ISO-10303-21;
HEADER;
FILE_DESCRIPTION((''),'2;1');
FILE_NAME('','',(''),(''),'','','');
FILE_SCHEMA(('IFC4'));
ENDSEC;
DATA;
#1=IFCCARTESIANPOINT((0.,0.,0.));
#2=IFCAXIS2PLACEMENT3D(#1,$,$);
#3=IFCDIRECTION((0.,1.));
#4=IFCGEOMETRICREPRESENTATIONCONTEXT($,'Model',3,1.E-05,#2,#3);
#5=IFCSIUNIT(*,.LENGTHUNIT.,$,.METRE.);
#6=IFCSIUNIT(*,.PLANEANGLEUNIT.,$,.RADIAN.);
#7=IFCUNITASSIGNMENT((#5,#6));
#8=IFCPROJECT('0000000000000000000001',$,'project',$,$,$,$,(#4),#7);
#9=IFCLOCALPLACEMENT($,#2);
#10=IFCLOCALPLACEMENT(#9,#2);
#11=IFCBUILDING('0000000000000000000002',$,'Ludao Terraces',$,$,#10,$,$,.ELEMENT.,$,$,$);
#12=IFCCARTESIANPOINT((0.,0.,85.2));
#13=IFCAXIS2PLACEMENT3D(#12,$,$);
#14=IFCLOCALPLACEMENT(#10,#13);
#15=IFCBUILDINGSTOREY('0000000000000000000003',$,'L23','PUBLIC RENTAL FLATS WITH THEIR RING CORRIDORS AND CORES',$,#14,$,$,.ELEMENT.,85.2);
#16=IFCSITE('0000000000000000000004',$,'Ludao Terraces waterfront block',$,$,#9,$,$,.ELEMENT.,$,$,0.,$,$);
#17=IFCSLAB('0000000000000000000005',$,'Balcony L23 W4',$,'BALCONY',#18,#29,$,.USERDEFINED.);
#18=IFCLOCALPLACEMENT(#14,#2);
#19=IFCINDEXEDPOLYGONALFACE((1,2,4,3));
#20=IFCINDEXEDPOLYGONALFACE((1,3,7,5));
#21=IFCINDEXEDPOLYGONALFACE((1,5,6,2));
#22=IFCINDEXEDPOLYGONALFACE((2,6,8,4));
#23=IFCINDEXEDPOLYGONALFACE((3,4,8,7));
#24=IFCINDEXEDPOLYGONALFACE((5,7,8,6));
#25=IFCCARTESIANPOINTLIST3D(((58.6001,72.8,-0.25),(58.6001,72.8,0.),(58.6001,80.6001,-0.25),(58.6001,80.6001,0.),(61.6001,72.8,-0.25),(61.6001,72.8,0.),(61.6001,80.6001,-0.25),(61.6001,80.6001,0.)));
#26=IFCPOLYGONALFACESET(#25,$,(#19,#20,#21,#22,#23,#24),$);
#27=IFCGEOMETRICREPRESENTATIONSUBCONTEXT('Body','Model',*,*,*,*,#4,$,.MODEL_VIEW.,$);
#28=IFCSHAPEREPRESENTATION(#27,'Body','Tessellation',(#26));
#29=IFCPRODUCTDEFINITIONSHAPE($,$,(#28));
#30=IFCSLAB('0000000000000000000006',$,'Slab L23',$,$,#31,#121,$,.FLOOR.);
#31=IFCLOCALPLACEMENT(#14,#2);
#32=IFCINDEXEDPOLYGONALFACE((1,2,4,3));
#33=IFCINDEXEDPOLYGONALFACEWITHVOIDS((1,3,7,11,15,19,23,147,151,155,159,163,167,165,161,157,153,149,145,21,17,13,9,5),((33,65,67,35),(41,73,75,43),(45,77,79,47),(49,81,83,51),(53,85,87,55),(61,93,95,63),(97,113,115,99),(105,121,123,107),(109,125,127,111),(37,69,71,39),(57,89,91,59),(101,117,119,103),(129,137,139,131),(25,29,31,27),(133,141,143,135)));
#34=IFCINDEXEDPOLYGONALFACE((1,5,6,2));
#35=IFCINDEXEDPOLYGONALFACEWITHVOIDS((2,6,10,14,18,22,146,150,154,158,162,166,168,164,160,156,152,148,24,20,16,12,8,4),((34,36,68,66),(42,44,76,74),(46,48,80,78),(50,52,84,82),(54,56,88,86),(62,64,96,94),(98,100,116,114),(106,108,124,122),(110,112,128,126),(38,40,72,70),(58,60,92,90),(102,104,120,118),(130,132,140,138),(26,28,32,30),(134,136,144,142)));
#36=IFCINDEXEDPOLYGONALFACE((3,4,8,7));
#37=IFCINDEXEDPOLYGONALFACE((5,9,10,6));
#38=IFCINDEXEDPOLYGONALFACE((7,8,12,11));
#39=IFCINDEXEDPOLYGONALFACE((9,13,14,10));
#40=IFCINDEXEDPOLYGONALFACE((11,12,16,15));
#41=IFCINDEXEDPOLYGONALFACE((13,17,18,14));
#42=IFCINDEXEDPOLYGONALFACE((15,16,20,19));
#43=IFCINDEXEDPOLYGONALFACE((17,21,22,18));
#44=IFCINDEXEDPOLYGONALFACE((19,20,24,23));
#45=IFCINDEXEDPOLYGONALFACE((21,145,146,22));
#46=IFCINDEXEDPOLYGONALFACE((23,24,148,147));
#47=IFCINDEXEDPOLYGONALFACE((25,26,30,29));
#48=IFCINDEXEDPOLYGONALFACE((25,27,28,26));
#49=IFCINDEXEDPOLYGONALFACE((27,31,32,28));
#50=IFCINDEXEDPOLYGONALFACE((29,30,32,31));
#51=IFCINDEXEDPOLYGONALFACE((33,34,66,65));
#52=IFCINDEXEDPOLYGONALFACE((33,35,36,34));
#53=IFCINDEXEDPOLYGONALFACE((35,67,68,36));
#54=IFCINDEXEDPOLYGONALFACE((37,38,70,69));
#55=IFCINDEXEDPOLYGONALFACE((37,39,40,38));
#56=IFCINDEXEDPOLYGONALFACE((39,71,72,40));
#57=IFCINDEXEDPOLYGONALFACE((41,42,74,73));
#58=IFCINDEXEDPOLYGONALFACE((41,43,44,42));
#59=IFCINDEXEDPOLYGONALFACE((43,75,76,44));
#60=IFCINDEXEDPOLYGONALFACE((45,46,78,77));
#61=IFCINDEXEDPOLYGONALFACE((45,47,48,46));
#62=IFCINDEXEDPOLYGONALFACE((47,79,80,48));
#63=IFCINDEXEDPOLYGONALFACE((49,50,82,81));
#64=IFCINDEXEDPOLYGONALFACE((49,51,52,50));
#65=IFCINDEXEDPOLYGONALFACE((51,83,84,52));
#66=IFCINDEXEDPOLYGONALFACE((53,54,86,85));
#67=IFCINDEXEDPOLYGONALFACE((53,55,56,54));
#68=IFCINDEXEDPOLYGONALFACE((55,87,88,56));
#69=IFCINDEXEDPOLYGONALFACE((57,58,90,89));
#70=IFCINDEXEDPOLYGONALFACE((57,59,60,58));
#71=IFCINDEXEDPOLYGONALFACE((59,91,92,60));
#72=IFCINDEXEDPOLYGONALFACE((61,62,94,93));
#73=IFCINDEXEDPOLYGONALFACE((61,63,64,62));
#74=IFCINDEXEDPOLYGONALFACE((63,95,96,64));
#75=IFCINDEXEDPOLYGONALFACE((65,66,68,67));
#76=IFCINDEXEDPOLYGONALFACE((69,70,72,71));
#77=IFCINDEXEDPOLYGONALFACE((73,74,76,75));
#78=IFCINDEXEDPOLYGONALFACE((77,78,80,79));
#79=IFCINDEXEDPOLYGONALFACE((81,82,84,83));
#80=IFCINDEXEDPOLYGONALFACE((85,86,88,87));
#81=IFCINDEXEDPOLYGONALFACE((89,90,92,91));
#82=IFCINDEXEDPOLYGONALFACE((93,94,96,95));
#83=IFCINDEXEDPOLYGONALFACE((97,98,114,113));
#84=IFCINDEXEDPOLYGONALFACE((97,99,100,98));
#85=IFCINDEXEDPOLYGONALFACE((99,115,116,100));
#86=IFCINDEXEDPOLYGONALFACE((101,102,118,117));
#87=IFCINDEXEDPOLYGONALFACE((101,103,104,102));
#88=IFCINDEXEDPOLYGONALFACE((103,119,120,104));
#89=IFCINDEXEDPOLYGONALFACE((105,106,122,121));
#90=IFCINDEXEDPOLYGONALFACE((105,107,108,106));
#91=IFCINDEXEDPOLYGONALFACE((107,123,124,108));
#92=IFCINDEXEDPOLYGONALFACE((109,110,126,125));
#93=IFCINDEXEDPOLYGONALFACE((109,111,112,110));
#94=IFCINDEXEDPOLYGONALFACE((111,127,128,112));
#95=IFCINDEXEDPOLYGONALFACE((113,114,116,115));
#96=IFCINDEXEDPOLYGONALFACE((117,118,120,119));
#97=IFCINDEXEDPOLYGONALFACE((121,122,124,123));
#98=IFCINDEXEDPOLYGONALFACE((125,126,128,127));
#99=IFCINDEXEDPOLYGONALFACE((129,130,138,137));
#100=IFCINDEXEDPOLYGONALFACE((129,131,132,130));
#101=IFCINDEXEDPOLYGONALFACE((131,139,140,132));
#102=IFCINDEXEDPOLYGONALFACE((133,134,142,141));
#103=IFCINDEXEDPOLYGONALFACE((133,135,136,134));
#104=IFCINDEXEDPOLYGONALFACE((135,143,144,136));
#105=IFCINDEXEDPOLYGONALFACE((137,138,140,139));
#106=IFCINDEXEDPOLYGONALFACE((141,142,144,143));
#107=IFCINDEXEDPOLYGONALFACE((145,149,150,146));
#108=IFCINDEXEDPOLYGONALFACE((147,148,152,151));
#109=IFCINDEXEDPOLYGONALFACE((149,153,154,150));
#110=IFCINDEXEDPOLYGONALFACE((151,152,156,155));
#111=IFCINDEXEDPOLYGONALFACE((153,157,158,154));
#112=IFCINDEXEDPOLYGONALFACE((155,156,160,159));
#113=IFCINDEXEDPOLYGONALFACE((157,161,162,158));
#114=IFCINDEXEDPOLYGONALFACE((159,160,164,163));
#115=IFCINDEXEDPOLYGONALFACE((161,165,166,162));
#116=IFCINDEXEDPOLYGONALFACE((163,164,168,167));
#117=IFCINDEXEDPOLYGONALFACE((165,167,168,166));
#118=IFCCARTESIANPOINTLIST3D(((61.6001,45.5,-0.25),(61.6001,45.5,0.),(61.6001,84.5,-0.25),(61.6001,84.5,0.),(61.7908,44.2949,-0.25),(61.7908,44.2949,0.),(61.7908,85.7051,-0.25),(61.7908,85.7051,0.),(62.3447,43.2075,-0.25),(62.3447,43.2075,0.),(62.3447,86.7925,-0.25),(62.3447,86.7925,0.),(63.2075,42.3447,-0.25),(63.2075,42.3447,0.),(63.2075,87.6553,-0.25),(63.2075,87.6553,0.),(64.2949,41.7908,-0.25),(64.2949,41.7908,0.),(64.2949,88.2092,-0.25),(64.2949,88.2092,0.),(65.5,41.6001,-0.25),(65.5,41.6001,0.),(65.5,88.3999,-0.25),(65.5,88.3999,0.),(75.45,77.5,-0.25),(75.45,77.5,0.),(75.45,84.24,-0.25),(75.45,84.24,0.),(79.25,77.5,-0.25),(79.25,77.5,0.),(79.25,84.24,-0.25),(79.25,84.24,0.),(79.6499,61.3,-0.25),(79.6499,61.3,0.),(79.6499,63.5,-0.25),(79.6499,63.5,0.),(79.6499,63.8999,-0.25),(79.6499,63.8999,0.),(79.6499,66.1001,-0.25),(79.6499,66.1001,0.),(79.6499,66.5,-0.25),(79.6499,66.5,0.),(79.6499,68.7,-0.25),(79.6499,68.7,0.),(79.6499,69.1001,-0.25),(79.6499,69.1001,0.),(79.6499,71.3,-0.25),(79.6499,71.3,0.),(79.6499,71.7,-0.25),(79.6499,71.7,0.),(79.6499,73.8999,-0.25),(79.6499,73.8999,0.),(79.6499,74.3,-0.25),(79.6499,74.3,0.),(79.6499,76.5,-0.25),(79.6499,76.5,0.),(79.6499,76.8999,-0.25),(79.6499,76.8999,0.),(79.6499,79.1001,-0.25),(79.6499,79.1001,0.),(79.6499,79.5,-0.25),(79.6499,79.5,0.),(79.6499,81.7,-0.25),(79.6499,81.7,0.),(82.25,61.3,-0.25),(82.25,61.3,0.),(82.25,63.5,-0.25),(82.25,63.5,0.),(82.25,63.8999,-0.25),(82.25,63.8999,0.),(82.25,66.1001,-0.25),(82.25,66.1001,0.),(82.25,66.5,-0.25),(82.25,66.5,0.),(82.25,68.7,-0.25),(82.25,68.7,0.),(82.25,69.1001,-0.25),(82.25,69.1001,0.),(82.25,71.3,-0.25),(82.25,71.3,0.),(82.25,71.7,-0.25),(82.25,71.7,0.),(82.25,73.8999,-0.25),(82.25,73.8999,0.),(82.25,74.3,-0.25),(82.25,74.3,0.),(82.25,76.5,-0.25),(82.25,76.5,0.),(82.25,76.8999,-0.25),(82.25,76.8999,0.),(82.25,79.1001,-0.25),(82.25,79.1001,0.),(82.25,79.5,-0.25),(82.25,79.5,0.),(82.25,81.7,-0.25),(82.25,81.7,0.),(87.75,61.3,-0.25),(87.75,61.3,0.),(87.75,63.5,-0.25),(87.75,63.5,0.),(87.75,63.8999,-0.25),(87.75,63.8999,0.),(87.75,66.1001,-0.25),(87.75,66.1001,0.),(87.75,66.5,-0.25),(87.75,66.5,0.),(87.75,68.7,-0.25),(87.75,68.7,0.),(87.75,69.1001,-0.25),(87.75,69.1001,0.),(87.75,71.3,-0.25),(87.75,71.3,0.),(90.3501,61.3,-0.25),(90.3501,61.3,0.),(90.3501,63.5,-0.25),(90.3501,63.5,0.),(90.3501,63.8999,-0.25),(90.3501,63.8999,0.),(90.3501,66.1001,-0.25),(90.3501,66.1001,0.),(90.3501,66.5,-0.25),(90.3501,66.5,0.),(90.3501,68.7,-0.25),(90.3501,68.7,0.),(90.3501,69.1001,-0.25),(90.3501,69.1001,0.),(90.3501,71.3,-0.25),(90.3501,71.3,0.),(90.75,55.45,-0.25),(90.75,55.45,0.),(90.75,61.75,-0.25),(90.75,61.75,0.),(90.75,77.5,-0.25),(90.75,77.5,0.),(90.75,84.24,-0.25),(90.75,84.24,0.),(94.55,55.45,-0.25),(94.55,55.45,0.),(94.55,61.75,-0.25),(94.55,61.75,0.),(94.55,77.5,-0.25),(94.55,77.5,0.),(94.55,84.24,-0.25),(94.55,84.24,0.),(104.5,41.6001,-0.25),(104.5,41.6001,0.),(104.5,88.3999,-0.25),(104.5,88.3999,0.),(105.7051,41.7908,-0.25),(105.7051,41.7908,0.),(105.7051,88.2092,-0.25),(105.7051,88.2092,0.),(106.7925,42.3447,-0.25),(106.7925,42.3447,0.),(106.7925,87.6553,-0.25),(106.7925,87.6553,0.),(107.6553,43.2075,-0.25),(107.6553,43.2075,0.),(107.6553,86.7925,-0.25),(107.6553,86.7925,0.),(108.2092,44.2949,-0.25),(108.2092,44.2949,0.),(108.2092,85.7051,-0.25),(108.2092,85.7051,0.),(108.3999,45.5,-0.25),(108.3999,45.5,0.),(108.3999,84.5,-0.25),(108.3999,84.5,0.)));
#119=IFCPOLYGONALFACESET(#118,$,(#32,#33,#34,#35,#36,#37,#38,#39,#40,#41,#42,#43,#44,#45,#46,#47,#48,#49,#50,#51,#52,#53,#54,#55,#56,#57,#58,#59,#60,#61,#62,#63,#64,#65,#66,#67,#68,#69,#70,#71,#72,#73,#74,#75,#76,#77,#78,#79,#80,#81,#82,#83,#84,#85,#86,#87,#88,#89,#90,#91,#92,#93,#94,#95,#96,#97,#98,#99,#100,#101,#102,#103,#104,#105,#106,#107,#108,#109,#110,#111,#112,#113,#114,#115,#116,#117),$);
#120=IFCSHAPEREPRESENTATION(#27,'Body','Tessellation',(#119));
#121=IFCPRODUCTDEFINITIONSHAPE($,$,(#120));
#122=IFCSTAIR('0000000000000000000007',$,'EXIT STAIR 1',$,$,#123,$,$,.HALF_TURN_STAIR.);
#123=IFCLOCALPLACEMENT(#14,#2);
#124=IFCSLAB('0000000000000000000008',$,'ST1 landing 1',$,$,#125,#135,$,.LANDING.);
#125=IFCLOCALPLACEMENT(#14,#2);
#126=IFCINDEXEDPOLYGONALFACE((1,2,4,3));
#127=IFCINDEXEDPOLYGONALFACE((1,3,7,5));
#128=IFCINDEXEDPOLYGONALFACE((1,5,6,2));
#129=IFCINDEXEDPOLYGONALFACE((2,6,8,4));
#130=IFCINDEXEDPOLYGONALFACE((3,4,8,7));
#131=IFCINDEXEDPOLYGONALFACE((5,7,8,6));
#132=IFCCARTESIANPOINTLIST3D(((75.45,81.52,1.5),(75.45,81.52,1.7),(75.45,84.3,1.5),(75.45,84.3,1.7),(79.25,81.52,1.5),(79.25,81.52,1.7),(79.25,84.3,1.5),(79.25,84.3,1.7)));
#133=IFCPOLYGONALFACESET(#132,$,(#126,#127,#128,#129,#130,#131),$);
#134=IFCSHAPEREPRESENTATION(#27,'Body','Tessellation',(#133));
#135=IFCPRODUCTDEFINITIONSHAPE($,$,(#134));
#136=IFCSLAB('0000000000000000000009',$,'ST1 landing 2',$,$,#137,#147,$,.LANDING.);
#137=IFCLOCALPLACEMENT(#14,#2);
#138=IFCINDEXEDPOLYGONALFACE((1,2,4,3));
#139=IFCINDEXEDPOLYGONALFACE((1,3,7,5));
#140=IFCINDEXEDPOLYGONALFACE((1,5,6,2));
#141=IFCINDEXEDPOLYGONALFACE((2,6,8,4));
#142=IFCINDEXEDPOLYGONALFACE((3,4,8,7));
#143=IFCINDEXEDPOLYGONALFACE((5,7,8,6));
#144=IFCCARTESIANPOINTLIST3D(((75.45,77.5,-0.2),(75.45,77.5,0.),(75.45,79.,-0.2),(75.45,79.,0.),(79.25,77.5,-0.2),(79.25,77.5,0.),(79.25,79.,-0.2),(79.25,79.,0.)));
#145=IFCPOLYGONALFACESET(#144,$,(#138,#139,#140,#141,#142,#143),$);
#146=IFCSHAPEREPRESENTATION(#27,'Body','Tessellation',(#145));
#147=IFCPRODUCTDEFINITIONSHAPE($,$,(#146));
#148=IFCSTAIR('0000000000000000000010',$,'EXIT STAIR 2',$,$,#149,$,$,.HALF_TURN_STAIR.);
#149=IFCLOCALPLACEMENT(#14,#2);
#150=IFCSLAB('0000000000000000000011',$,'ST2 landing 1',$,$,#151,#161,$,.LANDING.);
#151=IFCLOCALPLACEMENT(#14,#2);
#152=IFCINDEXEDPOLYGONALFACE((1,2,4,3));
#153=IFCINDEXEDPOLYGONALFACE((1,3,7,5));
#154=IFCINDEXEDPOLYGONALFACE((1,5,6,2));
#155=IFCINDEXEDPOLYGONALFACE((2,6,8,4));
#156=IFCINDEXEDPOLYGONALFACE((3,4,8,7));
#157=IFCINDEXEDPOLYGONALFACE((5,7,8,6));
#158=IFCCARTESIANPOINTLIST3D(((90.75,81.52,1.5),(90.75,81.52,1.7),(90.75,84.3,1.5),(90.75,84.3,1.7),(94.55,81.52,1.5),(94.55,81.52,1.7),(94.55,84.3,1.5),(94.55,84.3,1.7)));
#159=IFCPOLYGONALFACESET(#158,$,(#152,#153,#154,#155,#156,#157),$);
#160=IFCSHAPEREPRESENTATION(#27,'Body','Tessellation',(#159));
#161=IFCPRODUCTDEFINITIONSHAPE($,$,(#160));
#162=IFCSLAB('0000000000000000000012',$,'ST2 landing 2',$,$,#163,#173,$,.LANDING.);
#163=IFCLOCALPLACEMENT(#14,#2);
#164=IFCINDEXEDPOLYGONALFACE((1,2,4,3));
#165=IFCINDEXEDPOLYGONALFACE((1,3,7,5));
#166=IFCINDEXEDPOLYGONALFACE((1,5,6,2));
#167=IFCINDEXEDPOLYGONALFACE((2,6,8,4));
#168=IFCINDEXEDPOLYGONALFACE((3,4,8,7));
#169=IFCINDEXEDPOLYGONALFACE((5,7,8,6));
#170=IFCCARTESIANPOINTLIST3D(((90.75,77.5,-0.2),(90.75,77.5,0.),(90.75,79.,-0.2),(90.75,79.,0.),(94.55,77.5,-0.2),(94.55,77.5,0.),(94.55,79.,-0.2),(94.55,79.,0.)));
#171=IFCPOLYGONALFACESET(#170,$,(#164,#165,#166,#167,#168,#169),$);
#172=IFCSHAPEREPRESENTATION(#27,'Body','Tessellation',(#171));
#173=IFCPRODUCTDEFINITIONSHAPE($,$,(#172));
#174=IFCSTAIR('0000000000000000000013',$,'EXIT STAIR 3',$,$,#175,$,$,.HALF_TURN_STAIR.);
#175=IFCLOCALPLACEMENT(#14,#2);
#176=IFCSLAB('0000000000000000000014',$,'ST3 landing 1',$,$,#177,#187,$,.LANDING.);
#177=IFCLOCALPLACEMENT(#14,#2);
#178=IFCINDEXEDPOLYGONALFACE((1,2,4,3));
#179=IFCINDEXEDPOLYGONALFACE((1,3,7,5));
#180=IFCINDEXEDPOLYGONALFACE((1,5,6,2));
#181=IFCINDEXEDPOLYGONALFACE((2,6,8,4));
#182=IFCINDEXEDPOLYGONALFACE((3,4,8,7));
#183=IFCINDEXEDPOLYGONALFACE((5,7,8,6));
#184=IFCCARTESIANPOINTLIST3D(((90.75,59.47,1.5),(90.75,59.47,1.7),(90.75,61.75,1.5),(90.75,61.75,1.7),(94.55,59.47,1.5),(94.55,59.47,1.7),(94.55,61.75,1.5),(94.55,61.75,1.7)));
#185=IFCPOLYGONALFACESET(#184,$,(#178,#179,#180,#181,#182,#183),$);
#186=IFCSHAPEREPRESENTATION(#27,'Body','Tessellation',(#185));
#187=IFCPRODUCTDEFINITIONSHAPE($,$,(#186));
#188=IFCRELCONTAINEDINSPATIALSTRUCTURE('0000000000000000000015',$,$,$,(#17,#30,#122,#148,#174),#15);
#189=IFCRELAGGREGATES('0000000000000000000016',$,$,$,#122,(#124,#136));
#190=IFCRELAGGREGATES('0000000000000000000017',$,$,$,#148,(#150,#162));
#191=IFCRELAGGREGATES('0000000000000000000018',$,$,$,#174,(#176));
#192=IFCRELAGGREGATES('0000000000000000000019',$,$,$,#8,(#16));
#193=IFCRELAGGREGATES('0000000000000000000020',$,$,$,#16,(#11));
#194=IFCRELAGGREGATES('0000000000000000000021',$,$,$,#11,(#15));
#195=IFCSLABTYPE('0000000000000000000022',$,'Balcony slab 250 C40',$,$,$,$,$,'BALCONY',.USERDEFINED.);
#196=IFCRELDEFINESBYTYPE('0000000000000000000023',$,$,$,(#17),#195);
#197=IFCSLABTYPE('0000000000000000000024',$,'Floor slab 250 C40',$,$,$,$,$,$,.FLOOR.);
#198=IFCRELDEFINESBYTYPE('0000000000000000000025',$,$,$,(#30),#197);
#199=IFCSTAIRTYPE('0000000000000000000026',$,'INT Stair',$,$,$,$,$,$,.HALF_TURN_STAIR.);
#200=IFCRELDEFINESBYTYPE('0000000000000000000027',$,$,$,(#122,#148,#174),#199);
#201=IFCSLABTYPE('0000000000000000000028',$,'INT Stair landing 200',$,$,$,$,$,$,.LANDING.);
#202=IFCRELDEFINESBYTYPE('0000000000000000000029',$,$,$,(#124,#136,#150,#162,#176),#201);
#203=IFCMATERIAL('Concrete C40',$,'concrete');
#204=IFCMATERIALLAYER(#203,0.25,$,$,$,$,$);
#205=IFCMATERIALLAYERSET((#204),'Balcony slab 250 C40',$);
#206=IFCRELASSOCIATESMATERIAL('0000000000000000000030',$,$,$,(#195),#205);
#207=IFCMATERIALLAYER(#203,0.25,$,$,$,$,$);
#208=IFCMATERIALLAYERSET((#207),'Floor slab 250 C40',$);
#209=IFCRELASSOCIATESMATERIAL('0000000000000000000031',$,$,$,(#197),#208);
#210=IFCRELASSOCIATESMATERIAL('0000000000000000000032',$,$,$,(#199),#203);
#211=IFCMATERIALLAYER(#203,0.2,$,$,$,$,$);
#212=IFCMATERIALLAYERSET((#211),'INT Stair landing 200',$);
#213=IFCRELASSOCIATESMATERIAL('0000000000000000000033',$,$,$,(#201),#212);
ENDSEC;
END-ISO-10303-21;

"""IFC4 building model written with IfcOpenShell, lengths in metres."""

from ifc_helpers import new_model, si_unit, direction, frame, origin, place, context, subcontext, project, spatial, polyline, outline, extrude, material, layer, layer_set, type_object, element, aggregate, save


model = new_model("IFC4")

# Units and contexts
model_context = context("Model", 3, precision=1e-05, world=origin(), true_north=direction((0.0, 1.0)))
body_context = subcontext(model_context, "Body", "Model", "MODEL_VIEW")
ifc_project = project(units=[si_unit("LENGTHUNIT", "METRE"), si_unit("PLANEANGLEUNIT", "RADIAN")], contexts=[model_context])

# Site, building, storey
site_placement = place(None, origin())
site = spatial("IfcSite", under=ifc_project, at=site_placement, Name="Ludao Terraces waterfront block", CompositionType="ELEMENT", RefElevation=0.0)
building_placement = place(site_placement, origin())
building = spatial("IfcBuilding", under=site, at=building_placement, Name="Ludao Terraces", CompositionType="ELEMENT")
storey_placement = place(building_placement, frame((0.0, 0.0, 85.2)))
storey = spatial("IfcBuildingStorey", under=building, at=storey_placement, Name="L23", Description="PUBLIC RENTAL FLATS WITH THEIR RING CORRIDORS AND CORES", CompositionType="ELEMENT", Elevation=85.2)

# Shared definitions
ifc_material_1 = material(Name="Concrete C40", Category="concrete")

# Slabs
ifc_layer_1 = layer(ifc_material_1, 0.25)
ifc_layer_set_1 = layer_set([ifc_layer_1], Name="Balcony slab 250 C40")
slab_type_1 = type_object("IfcSlabType", Name="Balcony slab 250 C40", ElementType="BALCONY", PredefinedType="USERDEFINED", material=ifc_layer_set_1)
slab_1_placement = place(storey_placement, frame((0.0, 0.0, -0.25)))
element("IfcSlab", 1, at=slab_1_placement, inside=storey, type_object=slab_type_1, Name="Balcony L23 W4", ObjectType="BALCONY", PredefinedType="USERDEFINED", context=body_context, shape_type="SweptSolid", body=[
    extrude(outline(polyline([(58.6001, 72.8), (61.6001, 72.8), (61.6001, 80.6001), (58.6001, 80.6001), (58.6001, 72.8)])), origin(), (0.0, 0.0, 1.0), 0.25),
])
ifc_layer_2 = layer(ifc_material_1, 0.25)
ifc_layer_set_2 = layer_set([ifc_layer_2], Name="Floor slab 250 C40")
slab_type_2 = type_object("IfcSlabType", Name="Floor slab 250 C40", PredefinedType="FLOOR", material=ifc_layer_set_2)
slab_2_placement = place(storey_placement, frame((0.0, 0.0, -0.25)))
element("IfcSlab", 2, at=slab_2_placement, inside=storey, type_object=slab_type_2, Name="Slab L23", PredefinedType="FLOOR", context=body_context, shape_type="SweptSolid", body=[
    extrude(outline(polyline([(104.5, 41.6001), (105.7051, 41.7908), (106.7925, 42.3447), (107.6553, 43.2075), (108.2092, 44.2949), (108.3999, 45.5), (108.3999, 84.5), (108.2092, 85.7051), (107.6553, 86.7925), (106.7925, 87.6553), (105.7051, 88.2092), (104.5, 88.3999), (65.5, 88.3999), (64.2949, 88.2092), (63.2075, 87.6553), (62.3447, 86.7925), (61.7908, 85.7051), (61.6001, 84.5), (61.6001, 45.5), (61.7908, 44.2949), (62.3447, 43.2075), (63.2075, 42.3447), (64.2949, 41.7908), (65.5, 41.6001), (104.5, 41.6001)]), holes=[polyline([(79.6499, 61.3), (82.25, 61.3), (82.25, 63.5), (79.6499, 63.5), (79.6499, 61.3)]), polyline([(79.6499, 63.8999), (82.25, 63.8999), (82.25, 66.1001), (79.6499, 66.1001), (79.6499, 63.8999)]), polyline([(79.6499, 66.5), (82.25, 66.5), (82.25, 68.7), (79.6499, 68.7), (79.6499, 66.5)]), polyline([(79.6499, 69.1001), (82.25, 69.1001), (82.25, 71.3), (79.6499, 71.3), (79.6499, 69.1001)]), polyline([(79.6499, 71.7), (82.25, 71.7), (82.25, 73.8999), (79.6499, 73.8999), (79.6499, 71.7)]), polyline([(79.6499, 74.3), (82.25, 74.3), (82.25, 76.5), (79.6499, 76.5), (79.6499, 74.3)]), polyline([(79.6499, 76.8999), (82.25, 76.8999), (82.25, 79.1001), (79.6499, 79.1001), (79.6499, 76.8999)]), polyline([(79.6499, 79.5), (82.25, 79.5), (82.25, 81.7), (79.6499, 81.7), (79.6499, 79.5)]), polyline([(87.75, 61.3), (90.3501, 61.3), (90.3501, 63.5), (87.75, 63.5), (87.75, 61.3)]), polyline([(87.75, 63.8999), (90.3501, 63.8999), (90.3501, 66.1001), (87.75, 66.1001), (87.75, 63.8999)]), polyline([(87.75, 66.5), (90.3501, 66.5), (90.3501, 68.7), (87.75, 68.7), (87.75, 66.5)]), polyline([(87.75, 69.1001), (90.3501, 69.1001), (90.3501, 71.3), (87.75, 71.3), (87.75, 69.1001)]), polyline([(75.45, 77.5), (79.25, 77.5), (79.25, 84.24), (75.45, 84.24), (75.45, 77.5)]), polyline([(90.75, 77.5), (94.55, 77.5), (94.55, 84.24), (90.75, 84.24), (90.75, 77.5)]), polyline([(90.75, 55.45), (94.55, 55.45), (94.55, 61.75), (90.75, 61.75), (90.75, 55.45)])]), origin(), (0.0, 0.0, 1.0), 0.25),
])

# Stairs, slabs
stair_type = type_object("IfcStairType", Name="INT Stair", PredefinedType="HALF_TURN_STAIR", material=ifc_material_1)
stair_1_placement = place(storey_placement, origin())
stair_1 = element("IfcStair", 3, at=stair_1_placement, inside=storey, type_object=stair_type, Name="EXIT STAIR 1", PredefinedType="HALF_TURN_STAIR")
ifc_layer_3 = layer(ifc_material_1, 0.2)
ifc_layer_set_3 = layer_set([ifc_layer_3], Name="INT Stair landing 200")
slab_type_3 = type_object("IfcSlabType", Name="INT Stair landing 200", PredefinedType="LANDING", material=ifc_layer_set_3)
slab_3_placement = place(storey_placement, frame((0.0, 0.0, 1.5)))
slab_3 = element("IfcSlab", 4, at=slab_3_placement, type_object=slab_type_3, Name="ST1 landing 1", PredefinedType="LANDING", context=body_context, shape_type="SweptSolid", body=[
    extrude(outline(polyline([(75.45, 81.52), (79.25, 81.52), (79.25, 84.3), (75.45, 84.3), (75.45, 81.52)])), origin(), (0.0, 0.0, 1.0), 0.2),
])
slab_4_placement = place(storey_placement, frame((0.0, 0.0, -0.2)))
slab_4 = element("IfcSlab", 5, at=slab_4_placement, type_object=slab_type_3, Name="ST1 landing 2", PredefinedType="LANDING", context=body_context, shape_type="SweptSolid", body=[
    extrude(outline(polyline([(75.45, 77.5), (79.25, 77.5), (79.25, 79.0), (75.45, 79.0), (75.45, 77.5)])), origin(), (0.0, 0.0, 1.0), 0.2),
])
aggregate(stair_1, [slab_3, slab_4])
stair_2_placement = place(storey_placement, origin())
stair_2 = element("IfcStair", 6, at=stair_2_placement, inside=storey, type_object=stair_type, Name="EXIT STAIR 2", PredefinedType="HALF_TURN_STAIR")
slab_5_placement = place(storey_placement, frame((0.0, 0.0, 1.5)))
slab_5 = element("IfcSlab", 7, at=slab_5_placement, type_object=slab_type_3, Name="ST2 landing 1", PredefinedType="LANDING", context=body_context, shape_type="SweptSolid", body=[
    extrude(outline(polyline([(90.75, 81.52), (94.55, 81.52), (94.55, 84.3), (90.75, 84.3), (90.75, 81.52)])), origin(), (0.0, 0.0, 1.0), 0.2),
])
slab_6_placement = place(storey_placement, frame((0.0, 0.0, -0.2)))
slab_6 = element("IfcSlab", 8, at=slab_6_placement, type_object=slab_type_3, Name="ST2 landing 2", PredefinedType="LANDING", context=body_context, shape_type="SweptSolid", body=[
    extrude(outline(polyline([(90.75, 77.5), (94.55, 77.5), (94.55, 79.0), (90.75, 79.0), (90.75, 77.5)])), origin(), (0.0, 0.0, 1.0), 0.2),
])
aggregate(stair_2, [slab_5, slab_6])
stair_3_placement = place(storey_placement, origin())
stair_3 = element("IfcStair", 9, at=stair_3_placement, inside=storey, type_object=stair_type, Name="EXIT STAIR 3", PredefinedType="HALF_TURN_STAIR")
slab_7_placement = place(storey_placement, frame((0.0, 0.0, 1.5)))
slab_7 = element("IfcSlab", 10, at=slab_7_placement, type_object=slab_type_3, Name="ST3 landing 1", PredefinedType="LANDING", context=body_context, shape_type="SweptSolid", body=[
    extrude(outline(polyline([(90.75, 59.47), (94.55, 59.47), (94.55, 61.75), (90.75, 61.75), (90.75, 59.47)])), origin(), (0.0, 0.0, 1.0), 0.2),
])
aggregate(stair_3, [slab_7])

save(model, "model.ifc")
